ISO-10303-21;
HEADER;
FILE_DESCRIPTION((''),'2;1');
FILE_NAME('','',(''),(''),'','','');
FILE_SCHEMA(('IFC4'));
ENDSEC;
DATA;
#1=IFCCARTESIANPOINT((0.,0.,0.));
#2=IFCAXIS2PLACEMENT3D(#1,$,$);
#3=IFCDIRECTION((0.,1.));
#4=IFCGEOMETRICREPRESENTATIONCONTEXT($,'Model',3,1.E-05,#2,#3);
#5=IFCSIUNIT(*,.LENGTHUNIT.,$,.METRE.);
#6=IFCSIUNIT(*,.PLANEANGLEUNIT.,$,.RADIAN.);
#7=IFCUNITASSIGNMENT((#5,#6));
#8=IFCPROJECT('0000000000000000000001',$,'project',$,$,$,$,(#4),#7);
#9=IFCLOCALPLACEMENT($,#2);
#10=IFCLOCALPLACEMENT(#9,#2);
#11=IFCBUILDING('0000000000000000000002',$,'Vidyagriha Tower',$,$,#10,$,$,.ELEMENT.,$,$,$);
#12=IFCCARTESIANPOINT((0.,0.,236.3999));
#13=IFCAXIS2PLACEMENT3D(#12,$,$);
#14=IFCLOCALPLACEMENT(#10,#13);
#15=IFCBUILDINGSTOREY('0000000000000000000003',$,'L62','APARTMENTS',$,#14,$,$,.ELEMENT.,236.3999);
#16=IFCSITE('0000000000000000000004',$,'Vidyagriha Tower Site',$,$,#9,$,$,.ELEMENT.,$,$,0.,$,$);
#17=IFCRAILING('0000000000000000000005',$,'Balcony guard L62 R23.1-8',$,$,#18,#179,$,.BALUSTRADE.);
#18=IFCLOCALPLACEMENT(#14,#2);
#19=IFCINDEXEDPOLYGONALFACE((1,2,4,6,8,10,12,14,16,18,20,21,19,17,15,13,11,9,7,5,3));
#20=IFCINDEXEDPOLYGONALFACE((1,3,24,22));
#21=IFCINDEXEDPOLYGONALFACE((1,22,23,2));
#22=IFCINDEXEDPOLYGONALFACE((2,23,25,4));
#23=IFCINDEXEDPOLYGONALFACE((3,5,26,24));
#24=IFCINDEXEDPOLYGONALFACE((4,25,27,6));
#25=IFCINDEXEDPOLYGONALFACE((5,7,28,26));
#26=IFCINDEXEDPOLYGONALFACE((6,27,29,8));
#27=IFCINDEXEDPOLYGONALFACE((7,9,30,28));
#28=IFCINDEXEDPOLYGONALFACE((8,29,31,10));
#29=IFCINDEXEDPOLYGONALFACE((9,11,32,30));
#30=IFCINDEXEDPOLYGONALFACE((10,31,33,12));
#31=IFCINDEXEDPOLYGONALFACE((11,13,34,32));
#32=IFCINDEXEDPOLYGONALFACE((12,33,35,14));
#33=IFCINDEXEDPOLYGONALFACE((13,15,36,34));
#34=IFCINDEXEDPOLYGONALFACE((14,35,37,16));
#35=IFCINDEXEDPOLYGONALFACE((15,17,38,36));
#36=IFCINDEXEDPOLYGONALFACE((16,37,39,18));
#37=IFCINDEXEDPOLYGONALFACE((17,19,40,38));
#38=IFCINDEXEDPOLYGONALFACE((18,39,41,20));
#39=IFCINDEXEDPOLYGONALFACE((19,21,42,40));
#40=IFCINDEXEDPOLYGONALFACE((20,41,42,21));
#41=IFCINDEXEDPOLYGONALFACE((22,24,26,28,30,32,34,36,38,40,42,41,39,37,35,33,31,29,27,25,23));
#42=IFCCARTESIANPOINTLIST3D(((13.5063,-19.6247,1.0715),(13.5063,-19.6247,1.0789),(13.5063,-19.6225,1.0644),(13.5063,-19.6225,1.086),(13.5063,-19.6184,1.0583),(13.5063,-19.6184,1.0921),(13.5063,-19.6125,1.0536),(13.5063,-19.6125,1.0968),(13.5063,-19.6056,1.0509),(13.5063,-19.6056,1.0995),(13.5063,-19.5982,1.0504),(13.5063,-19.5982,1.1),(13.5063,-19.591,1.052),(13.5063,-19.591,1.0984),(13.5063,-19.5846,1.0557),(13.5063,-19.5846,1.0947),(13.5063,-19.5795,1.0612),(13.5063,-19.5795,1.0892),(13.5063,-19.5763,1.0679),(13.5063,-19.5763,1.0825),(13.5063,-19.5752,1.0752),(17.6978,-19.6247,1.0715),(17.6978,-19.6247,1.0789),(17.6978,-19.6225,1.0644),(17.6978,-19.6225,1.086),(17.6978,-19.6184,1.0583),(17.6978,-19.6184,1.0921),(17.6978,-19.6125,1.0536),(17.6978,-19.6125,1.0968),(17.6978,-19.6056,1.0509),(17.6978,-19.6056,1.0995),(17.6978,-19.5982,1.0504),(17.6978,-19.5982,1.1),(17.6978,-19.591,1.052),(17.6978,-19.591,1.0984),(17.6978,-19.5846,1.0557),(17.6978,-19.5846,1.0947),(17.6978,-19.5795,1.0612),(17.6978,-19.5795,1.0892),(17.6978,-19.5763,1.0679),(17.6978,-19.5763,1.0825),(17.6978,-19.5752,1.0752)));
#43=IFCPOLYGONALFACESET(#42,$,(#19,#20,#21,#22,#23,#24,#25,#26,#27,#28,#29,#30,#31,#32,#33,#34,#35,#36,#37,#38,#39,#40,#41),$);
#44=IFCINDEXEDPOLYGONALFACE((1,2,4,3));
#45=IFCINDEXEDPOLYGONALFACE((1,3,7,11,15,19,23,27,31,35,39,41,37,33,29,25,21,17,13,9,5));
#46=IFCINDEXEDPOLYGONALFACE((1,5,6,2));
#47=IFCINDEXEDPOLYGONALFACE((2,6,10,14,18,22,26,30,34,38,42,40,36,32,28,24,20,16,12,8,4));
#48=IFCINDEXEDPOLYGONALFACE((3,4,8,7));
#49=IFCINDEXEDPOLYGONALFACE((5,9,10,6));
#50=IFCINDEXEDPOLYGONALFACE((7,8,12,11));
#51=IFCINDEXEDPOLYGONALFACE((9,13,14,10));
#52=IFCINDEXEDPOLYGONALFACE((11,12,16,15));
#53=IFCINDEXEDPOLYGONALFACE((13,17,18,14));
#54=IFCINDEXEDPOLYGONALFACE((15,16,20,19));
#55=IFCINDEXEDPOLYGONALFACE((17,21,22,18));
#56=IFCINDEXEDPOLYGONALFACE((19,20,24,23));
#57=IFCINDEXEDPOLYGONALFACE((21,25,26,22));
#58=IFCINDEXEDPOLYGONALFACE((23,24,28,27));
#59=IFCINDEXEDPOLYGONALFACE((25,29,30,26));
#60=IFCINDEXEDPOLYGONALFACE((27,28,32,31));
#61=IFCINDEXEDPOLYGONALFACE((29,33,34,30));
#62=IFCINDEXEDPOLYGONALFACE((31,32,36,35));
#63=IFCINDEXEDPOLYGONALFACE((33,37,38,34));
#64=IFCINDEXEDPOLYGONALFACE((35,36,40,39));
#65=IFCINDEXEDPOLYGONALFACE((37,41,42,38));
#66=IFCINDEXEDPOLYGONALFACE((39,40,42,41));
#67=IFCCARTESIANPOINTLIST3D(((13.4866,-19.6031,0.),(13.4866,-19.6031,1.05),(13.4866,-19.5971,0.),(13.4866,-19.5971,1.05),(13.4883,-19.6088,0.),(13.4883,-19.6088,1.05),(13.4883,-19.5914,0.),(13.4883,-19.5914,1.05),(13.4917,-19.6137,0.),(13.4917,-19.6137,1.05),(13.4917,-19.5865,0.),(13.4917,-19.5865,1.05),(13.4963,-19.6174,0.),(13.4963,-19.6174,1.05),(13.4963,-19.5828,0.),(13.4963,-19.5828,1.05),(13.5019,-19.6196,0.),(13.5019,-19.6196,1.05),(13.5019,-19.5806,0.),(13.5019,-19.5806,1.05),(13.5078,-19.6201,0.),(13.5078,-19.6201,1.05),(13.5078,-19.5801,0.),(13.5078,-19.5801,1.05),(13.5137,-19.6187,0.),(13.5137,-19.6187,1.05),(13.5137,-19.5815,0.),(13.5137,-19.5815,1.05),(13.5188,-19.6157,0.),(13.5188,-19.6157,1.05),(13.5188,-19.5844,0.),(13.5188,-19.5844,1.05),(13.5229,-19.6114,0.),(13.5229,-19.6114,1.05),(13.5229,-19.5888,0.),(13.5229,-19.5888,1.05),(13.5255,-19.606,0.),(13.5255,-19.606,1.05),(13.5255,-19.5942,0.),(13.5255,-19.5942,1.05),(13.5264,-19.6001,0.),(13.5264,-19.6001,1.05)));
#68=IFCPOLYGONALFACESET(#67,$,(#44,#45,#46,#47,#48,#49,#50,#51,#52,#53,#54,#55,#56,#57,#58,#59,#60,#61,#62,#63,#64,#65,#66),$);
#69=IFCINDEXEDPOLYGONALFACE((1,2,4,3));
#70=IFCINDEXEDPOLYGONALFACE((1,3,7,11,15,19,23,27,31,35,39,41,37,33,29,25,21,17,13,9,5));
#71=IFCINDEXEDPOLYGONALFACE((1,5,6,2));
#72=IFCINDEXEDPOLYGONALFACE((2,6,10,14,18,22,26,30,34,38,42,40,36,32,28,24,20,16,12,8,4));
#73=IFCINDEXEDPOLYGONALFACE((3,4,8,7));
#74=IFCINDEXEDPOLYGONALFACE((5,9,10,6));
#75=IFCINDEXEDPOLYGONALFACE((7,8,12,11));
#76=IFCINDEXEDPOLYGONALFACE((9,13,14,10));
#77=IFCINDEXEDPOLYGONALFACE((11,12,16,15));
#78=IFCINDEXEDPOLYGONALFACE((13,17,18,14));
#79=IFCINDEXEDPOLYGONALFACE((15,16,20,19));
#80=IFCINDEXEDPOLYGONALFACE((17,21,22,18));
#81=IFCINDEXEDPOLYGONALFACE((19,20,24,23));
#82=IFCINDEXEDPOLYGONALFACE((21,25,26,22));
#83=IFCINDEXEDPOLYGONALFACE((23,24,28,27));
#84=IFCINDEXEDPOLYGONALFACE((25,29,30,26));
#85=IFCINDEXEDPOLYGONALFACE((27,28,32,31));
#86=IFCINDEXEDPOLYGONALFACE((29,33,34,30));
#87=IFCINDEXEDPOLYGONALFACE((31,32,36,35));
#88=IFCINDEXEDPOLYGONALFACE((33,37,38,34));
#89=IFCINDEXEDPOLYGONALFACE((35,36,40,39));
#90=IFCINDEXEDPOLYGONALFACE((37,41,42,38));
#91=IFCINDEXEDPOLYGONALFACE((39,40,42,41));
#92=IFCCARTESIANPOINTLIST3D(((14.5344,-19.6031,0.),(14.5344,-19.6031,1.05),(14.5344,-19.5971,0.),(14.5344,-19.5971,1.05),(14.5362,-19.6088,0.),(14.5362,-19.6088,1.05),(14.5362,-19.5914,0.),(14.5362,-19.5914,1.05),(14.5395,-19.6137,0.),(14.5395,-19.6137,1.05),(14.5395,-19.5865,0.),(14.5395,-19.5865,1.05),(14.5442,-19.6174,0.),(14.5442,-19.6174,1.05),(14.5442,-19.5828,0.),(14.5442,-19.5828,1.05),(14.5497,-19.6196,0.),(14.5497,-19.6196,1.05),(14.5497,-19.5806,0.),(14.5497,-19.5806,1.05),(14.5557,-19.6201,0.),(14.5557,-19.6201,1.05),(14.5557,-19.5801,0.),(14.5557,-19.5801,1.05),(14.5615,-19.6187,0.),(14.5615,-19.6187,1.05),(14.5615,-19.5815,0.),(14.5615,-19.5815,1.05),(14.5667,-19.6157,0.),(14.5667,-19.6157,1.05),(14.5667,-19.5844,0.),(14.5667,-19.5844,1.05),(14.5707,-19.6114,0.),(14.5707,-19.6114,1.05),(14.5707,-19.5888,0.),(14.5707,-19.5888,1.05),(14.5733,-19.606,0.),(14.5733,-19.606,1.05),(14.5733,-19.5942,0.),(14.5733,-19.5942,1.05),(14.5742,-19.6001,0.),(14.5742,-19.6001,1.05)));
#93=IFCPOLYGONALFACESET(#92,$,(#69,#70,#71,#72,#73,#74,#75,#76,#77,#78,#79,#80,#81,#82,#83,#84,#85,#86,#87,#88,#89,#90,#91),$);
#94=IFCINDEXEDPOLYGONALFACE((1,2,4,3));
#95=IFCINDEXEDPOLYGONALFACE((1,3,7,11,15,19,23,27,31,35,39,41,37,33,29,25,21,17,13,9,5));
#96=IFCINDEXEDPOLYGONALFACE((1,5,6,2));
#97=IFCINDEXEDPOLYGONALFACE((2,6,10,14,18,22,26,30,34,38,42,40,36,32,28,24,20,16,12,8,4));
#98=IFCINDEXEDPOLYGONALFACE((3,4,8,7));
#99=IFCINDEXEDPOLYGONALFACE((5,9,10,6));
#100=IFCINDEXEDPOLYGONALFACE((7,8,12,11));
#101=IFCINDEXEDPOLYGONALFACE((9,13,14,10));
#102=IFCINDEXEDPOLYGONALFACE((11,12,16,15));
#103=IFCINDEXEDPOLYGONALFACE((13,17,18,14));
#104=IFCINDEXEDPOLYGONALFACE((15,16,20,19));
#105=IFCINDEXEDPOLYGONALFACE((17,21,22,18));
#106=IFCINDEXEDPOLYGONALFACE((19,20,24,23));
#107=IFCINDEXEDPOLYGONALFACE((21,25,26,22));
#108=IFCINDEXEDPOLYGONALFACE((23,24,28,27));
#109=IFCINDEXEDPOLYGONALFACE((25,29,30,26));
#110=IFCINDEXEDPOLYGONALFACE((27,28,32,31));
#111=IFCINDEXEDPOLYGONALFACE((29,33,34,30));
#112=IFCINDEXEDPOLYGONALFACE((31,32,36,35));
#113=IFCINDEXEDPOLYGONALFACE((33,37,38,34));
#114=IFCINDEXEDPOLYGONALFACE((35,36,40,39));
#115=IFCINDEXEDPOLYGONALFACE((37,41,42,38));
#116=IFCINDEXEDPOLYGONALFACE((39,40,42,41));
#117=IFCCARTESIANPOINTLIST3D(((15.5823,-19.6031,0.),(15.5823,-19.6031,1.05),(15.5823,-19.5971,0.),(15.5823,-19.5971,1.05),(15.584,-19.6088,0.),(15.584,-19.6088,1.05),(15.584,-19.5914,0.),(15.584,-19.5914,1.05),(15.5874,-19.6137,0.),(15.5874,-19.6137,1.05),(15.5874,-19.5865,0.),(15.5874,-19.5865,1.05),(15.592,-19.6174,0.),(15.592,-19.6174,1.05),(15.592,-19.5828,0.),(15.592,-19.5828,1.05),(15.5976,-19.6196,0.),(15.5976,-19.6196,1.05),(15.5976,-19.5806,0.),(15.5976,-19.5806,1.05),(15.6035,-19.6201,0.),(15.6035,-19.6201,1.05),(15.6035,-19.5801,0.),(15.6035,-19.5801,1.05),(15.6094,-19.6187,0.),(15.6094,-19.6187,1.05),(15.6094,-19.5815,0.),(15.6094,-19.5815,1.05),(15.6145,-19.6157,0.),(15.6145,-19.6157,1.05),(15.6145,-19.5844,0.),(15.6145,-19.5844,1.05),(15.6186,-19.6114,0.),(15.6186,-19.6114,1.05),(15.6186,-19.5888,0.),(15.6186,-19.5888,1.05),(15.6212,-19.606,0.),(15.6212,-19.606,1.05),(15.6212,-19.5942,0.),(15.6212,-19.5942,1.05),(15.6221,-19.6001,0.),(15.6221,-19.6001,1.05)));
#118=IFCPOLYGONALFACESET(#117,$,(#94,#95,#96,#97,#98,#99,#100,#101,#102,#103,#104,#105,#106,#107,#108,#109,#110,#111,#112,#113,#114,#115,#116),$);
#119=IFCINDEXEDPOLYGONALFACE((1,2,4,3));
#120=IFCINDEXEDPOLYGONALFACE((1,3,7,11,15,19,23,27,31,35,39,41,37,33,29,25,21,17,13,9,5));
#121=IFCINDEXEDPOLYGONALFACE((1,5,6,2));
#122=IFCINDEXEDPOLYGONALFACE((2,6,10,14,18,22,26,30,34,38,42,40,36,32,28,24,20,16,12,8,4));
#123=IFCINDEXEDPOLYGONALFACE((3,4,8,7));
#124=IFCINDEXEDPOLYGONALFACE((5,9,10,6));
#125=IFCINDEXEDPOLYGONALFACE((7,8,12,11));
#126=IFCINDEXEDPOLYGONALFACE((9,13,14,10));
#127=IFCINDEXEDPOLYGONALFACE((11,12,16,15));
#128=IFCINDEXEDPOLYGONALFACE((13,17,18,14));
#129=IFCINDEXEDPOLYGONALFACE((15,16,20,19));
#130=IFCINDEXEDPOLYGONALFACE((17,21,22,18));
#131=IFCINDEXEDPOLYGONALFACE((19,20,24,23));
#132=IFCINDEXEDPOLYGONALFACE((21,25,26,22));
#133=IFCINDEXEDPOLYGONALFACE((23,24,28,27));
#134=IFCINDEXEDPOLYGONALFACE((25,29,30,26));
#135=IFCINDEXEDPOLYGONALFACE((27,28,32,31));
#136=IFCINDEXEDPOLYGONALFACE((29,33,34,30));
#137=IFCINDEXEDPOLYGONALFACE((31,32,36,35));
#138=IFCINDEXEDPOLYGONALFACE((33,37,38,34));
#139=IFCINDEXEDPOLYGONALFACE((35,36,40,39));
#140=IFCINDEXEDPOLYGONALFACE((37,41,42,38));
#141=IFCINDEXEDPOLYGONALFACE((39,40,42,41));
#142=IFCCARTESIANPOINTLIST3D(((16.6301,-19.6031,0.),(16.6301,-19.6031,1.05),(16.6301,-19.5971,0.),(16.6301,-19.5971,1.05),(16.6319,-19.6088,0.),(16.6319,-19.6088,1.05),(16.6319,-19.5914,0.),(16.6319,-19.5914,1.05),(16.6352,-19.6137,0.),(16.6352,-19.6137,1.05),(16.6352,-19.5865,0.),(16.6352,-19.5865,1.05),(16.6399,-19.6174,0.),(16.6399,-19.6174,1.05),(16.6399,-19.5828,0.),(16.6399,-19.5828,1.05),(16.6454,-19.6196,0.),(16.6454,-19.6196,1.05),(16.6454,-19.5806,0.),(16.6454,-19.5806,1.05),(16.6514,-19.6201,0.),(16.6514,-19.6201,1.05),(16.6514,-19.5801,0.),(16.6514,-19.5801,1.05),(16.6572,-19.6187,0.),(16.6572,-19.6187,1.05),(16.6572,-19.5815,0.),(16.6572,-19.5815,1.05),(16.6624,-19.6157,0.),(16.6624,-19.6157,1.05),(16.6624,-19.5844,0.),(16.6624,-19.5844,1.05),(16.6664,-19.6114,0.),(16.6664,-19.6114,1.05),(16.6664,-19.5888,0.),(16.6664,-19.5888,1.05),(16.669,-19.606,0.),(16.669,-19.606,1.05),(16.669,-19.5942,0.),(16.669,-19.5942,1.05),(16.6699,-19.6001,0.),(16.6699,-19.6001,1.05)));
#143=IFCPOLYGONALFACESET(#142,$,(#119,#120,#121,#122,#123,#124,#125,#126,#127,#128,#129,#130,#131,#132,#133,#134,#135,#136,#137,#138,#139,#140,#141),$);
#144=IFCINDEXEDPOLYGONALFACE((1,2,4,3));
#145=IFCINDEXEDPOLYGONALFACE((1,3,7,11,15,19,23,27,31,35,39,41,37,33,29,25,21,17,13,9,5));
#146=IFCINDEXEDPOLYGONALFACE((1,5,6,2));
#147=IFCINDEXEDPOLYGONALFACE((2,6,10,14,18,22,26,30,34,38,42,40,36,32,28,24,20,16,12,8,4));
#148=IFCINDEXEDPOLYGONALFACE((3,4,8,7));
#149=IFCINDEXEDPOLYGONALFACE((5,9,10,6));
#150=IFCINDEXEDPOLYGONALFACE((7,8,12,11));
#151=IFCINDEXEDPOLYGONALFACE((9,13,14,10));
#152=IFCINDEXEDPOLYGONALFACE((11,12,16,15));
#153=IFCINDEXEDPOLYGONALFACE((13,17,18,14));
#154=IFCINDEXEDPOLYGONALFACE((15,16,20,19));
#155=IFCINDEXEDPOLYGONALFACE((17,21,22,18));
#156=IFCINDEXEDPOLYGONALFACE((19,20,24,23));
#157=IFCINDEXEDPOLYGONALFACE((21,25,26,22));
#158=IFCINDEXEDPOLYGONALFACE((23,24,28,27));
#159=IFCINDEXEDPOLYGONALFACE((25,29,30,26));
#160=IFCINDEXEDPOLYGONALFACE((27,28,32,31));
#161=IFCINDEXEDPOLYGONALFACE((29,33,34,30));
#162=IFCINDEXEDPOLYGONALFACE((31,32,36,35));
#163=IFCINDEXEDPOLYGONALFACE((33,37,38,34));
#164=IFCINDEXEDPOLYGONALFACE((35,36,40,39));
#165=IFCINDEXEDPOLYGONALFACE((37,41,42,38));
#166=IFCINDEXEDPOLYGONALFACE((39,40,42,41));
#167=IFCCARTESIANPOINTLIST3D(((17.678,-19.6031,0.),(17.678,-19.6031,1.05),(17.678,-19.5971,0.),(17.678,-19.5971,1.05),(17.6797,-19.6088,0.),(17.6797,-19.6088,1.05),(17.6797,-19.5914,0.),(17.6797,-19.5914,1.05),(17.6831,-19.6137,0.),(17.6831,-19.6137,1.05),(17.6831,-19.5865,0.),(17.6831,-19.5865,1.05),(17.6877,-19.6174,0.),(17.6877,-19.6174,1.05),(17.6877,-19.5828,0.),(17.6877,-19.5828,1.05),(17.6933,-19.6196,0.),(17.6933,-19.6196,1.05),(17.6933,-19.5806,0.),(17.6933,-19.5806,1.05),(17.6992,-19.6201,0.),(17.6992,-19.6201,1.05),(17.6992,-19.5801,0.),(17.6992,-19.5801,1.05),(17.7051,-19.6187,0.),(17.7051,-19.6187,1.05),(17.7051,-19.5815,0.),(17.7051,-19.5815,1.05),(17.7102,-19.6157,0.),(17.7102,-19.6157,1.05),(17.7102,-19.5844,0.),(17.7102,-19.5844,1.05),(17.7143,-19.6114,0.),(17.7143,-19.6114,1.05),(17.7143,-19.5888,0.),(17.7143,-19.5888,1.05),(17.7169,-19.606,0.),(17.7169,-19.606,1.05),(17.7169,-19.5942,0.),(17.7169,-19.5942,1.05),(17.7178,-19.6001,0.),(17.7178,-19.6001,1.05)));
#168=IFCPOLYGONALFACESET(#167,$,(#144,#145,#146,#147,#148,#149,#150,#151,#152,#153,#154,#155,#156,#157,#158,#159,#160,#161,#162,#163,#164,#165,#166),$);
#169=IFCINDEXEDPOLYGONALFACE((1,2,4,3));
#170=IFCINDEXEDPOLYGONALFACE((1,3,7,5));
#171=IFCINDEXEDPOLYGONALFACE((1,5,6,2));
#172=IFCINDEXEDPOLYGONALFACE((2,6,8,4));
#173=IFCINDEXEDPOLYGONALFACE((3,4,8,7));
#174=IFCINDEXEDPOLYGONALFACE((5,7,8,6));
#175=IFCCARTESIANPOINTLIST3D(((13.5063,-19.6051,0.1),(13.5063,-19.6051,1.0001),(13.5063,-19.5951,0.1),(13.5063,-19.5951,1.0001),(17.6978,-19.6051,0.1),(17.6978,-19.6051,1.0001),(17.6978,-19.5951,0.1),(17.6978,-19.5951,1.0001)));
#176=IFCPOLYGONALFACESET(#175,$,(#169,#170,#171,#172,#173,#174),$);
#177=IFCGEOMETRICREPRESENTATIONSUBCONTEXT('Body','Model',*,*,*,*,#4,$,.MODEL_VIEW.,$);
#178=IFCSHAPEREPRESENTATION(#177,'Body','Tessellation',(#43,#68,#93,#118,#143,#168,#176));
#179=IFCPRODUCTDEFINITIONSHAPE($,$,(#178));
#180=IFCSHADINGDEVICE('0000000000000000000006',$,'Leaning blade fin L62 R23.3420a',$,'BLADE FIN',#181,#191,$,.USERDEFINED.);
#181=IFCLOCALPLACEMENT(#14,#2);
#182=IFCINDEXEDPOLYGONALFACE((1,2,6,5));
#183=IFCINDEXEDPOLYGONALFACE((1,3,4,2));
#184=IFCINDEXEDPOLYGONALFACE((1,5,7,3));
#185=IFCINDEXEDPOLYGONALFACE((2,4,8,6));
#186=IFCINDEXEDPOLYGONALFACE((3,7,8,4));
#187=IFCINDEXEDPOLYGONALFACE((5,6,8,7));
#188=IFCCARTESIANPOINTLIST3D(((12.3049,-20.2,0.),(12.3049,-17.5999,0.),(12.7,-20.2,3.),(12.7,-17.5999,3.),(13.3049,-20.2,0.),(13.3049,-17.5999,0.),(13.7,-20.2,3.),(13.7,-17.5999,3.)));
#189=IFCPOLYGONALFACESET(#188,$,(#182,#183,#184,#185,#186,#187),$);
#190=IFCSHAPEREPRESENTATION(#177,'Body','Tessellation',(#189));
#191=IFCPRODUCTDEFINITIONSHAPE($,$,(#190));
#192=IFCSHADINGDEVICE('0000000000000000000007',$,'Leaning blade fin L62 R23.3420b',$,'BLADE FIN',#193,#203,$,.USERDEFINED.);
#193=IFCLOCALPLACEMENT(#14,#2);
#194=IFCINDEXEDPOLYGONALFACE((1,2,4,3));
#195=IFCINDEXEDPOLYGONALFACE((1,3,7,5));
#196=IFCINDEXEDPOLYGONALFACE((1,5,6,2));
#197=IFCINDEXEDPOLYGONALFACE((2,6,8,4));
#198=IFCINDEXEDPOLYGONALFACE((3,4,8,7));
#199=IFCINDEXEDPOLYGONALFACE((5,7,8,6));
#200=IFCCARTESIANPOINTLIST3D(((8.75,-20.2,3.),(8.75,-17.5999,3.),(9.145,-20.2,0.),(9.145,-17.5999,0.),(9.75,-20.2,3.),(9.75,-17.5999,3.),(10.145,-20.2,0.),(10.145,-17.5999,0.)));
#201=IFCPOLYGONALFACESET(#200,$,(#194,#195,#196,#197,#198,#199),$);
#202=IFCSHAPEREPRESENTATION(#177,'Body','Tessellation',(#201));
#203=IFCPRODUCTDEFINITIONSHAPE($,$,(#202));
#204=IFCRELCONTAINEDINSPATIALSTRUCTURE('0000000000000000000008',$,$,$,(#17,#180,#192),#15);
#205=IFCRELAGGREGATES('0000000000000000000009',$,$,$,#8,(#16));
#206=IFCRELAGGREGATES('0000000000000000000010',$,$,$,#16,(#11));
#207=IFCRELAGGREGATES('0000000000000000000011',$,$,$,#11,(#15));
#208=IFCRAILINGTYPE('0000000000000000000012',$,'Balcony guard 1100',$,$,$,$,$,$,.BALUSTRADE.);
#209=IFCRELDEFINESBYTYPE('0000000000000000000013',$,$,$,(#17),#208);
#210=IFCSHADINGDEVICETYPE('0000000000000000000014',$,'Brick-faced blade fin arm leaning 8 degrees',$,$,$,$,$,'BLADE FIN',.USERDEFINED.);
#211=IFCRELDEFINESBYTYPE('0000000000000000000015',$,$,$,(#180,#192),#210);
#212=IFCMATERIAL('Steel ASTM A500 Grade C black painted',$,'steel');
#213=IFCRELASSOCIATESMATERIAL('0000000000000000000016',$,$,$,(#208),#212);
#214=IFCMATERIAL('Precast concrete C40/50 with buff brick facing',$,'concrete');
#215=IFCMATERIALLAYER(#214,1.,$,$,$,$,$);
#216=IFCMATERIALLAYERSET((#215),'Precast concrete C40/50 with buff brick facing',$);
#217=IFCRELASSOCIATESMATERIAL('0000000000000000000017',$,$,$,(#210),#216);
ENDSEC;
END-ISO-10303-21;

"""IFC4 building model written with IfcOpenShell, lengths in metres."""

from ifc_helpers import new_model, si_unit, direction, frame, origin, origin_2d, place, context, subcontext, project, spatial, polyline, rectangle, circle, outline, extrude, material, layer, layer_set, type_object, element, save


model = new_model("IFC4")

# Units and contexts
model_context = context("Model", 3, precision=1e-05, world=origin(), true_north=direction((0.0, 1.0)))
body_context = subcontext(model_context, "Body", "Model", "MODEL_VIEW")
ifc_project = project(units=[si_unit("LENGTHUNIT", "METRE"), si_unit("PLANEANGLEUNIT", "RADIAN")], contexts=[model_context])

# Site, building, storey
site_placement = place(None, origin())
site = spatial("IfcSite", under=ifc_project, at=site_placement, Name="Vidyagriha Tower Site", CompositionType="ELEMENT", RefElevation=0.0)
building_placement = place(site_placement, origin())
building = spatial("IfcBuilding", under=site, at=building_placement, Name="Vidyagriha Tower", CompositionType="ELEMENT")
storey_placement = place(building_placement, frame((0.0, 0.0, 236.3999)))
storey = spatial("IfcBuildingStorey", under=building, at=storey_placement, Name="L62", Description="APARTMENTS", CompositionType="ELEMENT", Elevation=236.3999)

# Railing
ifc_material_1 = material(Name="Steel ASTM A500 Grade C black painted", Category="steel")
railing_type = type_object("IfcRailingType", Name="Balcony guard 1100", PredefinedType="BALUSTRADE", material=ifc_material_1)
railing_1_placement = place(storey_placement, frame((13.5063, -19.6001, 0.0)))
element("IfcRailing", 1, at=railing_1_placement, inside=storey, type_object=railing_type, Name="Balcony guard L62 R23.1-8", PredefinedType="BALUSTRADE", context=body_context, shape_type="SweptSolid", body=[
    extrude(circle(Radius=0.0249, at=origin_2d()), frame((0.0, 0.0, 1.0752), z_axis=(1.0, 0.0, 0.0), x_axis=(0.0, 1.0, 0.0)), (0.0, 0.0, 1.0), 4.1914),
    extrude(circle(Radius=0.02, at=origin_2d()), origin(), (0.0, 0.0, 1.0), 1.05),
    extrude(circle(Radius=0.02, at=origin_2d()), frame((1.0479, 0.0, 0.0)), (0.0, 0.0, 1.0), 1.05),
    extrude(circle(Radius=0.02, at=origin_2d()), frame((2.0957, 0.0, 0.0)), (0.0, 0.0, 1.0), 1.05),
    extrude(circle(Radius=0.02, at=origin_2d()), frame((3.1436, 0.0, 0.0)), (0.0, 0.0, 1.0), 1.05),
    extrude(circle(Radius=0.02, at=origin_2d()), frame((4.1914, 0.0, 0.0)), (0.0, 0.0, 1.0), 1.05),
    extrude(rectangle(XDim=0.01, YDim=0.9001, at=origin_2d()), frame((0.0, 0.0, 0.55), z_axis=(1.0, 0.0, 0.0), x_axis=(0.0, 1.0, 0.0)), (0.0, 0.0, 1.0), 4.1914),
])

# Shading devices
ifc_material_2 = material(Name="Precast concrete C40/50 with buff brick facing", Category="concrete")
ifc_layer_1 = layer(ifc_material_2, 1.0)
ifc_layer_set_1 = layer_set([ifc_layer_1], Name="Precast concrete C40/50 with buff brick facing")
shading_device_type_1 = type_object("IfcShadingDeviceType", Name="Brick-faced blade fin arm leaning 8 degrees", ElementType="BLADE FIN", PredefinedType="USERDEFINED", material=ifc_layer_set_1)
shading_device_1_placement = place(storey_placement, frame((12.3049, -18.8999, 0.0)))
element("IfcShadingDevice", 2, at=shading_device_1_placement, inside=storey, type_object=shading_device_type_1, Name="Leaning blade fin L62 R23.3420a", ObjectType="BLADE FIN", PredefinedType="USERDEFINED", context=body_context, shape_type="SweptSolid", body=[
    extrude(outline(polyline([(0.0, 0.0), (1.0, 0.0), (1.395, 3.0), (0.395, 3.0), (0.0, 0.0)])), frame((0.0, 1.3, 0.0), z_axis=(0.0, -1.0, 0.0), x_axis=(1.0, 0.0, 0.0)), (0.0, 0.0, 1.0), 2.6001),
])
shading_device_2_placement = place(storey_placement, frame((8.75, -18.8999, 0.0)))
element("IfcShadingDevice", 3, at=shading_device_2_placement, inside=storey, type_object=shading_device_type_1, Name="Leaning blade fin L62 R23.3420b", ObjectType="BLADE FIN", PredefinedType="USERDEFINED", context=body_context, shape_type="SweptSolid", body=[
    extrude(outline(polyline([(0.395, 0.0), (1.395, 0.0), (1.0, 3.0), (0.0, 3.0), (0.395, 0.0)])), frame((0.0, 1.3, 0.0), z_axis=(0.0, -1.0, 0.0), x_axis=(1.0, 0.0, 0.0)), (0.0, 0.0, 1.0), 2.6001),
])

save(model, "model.ifc")
